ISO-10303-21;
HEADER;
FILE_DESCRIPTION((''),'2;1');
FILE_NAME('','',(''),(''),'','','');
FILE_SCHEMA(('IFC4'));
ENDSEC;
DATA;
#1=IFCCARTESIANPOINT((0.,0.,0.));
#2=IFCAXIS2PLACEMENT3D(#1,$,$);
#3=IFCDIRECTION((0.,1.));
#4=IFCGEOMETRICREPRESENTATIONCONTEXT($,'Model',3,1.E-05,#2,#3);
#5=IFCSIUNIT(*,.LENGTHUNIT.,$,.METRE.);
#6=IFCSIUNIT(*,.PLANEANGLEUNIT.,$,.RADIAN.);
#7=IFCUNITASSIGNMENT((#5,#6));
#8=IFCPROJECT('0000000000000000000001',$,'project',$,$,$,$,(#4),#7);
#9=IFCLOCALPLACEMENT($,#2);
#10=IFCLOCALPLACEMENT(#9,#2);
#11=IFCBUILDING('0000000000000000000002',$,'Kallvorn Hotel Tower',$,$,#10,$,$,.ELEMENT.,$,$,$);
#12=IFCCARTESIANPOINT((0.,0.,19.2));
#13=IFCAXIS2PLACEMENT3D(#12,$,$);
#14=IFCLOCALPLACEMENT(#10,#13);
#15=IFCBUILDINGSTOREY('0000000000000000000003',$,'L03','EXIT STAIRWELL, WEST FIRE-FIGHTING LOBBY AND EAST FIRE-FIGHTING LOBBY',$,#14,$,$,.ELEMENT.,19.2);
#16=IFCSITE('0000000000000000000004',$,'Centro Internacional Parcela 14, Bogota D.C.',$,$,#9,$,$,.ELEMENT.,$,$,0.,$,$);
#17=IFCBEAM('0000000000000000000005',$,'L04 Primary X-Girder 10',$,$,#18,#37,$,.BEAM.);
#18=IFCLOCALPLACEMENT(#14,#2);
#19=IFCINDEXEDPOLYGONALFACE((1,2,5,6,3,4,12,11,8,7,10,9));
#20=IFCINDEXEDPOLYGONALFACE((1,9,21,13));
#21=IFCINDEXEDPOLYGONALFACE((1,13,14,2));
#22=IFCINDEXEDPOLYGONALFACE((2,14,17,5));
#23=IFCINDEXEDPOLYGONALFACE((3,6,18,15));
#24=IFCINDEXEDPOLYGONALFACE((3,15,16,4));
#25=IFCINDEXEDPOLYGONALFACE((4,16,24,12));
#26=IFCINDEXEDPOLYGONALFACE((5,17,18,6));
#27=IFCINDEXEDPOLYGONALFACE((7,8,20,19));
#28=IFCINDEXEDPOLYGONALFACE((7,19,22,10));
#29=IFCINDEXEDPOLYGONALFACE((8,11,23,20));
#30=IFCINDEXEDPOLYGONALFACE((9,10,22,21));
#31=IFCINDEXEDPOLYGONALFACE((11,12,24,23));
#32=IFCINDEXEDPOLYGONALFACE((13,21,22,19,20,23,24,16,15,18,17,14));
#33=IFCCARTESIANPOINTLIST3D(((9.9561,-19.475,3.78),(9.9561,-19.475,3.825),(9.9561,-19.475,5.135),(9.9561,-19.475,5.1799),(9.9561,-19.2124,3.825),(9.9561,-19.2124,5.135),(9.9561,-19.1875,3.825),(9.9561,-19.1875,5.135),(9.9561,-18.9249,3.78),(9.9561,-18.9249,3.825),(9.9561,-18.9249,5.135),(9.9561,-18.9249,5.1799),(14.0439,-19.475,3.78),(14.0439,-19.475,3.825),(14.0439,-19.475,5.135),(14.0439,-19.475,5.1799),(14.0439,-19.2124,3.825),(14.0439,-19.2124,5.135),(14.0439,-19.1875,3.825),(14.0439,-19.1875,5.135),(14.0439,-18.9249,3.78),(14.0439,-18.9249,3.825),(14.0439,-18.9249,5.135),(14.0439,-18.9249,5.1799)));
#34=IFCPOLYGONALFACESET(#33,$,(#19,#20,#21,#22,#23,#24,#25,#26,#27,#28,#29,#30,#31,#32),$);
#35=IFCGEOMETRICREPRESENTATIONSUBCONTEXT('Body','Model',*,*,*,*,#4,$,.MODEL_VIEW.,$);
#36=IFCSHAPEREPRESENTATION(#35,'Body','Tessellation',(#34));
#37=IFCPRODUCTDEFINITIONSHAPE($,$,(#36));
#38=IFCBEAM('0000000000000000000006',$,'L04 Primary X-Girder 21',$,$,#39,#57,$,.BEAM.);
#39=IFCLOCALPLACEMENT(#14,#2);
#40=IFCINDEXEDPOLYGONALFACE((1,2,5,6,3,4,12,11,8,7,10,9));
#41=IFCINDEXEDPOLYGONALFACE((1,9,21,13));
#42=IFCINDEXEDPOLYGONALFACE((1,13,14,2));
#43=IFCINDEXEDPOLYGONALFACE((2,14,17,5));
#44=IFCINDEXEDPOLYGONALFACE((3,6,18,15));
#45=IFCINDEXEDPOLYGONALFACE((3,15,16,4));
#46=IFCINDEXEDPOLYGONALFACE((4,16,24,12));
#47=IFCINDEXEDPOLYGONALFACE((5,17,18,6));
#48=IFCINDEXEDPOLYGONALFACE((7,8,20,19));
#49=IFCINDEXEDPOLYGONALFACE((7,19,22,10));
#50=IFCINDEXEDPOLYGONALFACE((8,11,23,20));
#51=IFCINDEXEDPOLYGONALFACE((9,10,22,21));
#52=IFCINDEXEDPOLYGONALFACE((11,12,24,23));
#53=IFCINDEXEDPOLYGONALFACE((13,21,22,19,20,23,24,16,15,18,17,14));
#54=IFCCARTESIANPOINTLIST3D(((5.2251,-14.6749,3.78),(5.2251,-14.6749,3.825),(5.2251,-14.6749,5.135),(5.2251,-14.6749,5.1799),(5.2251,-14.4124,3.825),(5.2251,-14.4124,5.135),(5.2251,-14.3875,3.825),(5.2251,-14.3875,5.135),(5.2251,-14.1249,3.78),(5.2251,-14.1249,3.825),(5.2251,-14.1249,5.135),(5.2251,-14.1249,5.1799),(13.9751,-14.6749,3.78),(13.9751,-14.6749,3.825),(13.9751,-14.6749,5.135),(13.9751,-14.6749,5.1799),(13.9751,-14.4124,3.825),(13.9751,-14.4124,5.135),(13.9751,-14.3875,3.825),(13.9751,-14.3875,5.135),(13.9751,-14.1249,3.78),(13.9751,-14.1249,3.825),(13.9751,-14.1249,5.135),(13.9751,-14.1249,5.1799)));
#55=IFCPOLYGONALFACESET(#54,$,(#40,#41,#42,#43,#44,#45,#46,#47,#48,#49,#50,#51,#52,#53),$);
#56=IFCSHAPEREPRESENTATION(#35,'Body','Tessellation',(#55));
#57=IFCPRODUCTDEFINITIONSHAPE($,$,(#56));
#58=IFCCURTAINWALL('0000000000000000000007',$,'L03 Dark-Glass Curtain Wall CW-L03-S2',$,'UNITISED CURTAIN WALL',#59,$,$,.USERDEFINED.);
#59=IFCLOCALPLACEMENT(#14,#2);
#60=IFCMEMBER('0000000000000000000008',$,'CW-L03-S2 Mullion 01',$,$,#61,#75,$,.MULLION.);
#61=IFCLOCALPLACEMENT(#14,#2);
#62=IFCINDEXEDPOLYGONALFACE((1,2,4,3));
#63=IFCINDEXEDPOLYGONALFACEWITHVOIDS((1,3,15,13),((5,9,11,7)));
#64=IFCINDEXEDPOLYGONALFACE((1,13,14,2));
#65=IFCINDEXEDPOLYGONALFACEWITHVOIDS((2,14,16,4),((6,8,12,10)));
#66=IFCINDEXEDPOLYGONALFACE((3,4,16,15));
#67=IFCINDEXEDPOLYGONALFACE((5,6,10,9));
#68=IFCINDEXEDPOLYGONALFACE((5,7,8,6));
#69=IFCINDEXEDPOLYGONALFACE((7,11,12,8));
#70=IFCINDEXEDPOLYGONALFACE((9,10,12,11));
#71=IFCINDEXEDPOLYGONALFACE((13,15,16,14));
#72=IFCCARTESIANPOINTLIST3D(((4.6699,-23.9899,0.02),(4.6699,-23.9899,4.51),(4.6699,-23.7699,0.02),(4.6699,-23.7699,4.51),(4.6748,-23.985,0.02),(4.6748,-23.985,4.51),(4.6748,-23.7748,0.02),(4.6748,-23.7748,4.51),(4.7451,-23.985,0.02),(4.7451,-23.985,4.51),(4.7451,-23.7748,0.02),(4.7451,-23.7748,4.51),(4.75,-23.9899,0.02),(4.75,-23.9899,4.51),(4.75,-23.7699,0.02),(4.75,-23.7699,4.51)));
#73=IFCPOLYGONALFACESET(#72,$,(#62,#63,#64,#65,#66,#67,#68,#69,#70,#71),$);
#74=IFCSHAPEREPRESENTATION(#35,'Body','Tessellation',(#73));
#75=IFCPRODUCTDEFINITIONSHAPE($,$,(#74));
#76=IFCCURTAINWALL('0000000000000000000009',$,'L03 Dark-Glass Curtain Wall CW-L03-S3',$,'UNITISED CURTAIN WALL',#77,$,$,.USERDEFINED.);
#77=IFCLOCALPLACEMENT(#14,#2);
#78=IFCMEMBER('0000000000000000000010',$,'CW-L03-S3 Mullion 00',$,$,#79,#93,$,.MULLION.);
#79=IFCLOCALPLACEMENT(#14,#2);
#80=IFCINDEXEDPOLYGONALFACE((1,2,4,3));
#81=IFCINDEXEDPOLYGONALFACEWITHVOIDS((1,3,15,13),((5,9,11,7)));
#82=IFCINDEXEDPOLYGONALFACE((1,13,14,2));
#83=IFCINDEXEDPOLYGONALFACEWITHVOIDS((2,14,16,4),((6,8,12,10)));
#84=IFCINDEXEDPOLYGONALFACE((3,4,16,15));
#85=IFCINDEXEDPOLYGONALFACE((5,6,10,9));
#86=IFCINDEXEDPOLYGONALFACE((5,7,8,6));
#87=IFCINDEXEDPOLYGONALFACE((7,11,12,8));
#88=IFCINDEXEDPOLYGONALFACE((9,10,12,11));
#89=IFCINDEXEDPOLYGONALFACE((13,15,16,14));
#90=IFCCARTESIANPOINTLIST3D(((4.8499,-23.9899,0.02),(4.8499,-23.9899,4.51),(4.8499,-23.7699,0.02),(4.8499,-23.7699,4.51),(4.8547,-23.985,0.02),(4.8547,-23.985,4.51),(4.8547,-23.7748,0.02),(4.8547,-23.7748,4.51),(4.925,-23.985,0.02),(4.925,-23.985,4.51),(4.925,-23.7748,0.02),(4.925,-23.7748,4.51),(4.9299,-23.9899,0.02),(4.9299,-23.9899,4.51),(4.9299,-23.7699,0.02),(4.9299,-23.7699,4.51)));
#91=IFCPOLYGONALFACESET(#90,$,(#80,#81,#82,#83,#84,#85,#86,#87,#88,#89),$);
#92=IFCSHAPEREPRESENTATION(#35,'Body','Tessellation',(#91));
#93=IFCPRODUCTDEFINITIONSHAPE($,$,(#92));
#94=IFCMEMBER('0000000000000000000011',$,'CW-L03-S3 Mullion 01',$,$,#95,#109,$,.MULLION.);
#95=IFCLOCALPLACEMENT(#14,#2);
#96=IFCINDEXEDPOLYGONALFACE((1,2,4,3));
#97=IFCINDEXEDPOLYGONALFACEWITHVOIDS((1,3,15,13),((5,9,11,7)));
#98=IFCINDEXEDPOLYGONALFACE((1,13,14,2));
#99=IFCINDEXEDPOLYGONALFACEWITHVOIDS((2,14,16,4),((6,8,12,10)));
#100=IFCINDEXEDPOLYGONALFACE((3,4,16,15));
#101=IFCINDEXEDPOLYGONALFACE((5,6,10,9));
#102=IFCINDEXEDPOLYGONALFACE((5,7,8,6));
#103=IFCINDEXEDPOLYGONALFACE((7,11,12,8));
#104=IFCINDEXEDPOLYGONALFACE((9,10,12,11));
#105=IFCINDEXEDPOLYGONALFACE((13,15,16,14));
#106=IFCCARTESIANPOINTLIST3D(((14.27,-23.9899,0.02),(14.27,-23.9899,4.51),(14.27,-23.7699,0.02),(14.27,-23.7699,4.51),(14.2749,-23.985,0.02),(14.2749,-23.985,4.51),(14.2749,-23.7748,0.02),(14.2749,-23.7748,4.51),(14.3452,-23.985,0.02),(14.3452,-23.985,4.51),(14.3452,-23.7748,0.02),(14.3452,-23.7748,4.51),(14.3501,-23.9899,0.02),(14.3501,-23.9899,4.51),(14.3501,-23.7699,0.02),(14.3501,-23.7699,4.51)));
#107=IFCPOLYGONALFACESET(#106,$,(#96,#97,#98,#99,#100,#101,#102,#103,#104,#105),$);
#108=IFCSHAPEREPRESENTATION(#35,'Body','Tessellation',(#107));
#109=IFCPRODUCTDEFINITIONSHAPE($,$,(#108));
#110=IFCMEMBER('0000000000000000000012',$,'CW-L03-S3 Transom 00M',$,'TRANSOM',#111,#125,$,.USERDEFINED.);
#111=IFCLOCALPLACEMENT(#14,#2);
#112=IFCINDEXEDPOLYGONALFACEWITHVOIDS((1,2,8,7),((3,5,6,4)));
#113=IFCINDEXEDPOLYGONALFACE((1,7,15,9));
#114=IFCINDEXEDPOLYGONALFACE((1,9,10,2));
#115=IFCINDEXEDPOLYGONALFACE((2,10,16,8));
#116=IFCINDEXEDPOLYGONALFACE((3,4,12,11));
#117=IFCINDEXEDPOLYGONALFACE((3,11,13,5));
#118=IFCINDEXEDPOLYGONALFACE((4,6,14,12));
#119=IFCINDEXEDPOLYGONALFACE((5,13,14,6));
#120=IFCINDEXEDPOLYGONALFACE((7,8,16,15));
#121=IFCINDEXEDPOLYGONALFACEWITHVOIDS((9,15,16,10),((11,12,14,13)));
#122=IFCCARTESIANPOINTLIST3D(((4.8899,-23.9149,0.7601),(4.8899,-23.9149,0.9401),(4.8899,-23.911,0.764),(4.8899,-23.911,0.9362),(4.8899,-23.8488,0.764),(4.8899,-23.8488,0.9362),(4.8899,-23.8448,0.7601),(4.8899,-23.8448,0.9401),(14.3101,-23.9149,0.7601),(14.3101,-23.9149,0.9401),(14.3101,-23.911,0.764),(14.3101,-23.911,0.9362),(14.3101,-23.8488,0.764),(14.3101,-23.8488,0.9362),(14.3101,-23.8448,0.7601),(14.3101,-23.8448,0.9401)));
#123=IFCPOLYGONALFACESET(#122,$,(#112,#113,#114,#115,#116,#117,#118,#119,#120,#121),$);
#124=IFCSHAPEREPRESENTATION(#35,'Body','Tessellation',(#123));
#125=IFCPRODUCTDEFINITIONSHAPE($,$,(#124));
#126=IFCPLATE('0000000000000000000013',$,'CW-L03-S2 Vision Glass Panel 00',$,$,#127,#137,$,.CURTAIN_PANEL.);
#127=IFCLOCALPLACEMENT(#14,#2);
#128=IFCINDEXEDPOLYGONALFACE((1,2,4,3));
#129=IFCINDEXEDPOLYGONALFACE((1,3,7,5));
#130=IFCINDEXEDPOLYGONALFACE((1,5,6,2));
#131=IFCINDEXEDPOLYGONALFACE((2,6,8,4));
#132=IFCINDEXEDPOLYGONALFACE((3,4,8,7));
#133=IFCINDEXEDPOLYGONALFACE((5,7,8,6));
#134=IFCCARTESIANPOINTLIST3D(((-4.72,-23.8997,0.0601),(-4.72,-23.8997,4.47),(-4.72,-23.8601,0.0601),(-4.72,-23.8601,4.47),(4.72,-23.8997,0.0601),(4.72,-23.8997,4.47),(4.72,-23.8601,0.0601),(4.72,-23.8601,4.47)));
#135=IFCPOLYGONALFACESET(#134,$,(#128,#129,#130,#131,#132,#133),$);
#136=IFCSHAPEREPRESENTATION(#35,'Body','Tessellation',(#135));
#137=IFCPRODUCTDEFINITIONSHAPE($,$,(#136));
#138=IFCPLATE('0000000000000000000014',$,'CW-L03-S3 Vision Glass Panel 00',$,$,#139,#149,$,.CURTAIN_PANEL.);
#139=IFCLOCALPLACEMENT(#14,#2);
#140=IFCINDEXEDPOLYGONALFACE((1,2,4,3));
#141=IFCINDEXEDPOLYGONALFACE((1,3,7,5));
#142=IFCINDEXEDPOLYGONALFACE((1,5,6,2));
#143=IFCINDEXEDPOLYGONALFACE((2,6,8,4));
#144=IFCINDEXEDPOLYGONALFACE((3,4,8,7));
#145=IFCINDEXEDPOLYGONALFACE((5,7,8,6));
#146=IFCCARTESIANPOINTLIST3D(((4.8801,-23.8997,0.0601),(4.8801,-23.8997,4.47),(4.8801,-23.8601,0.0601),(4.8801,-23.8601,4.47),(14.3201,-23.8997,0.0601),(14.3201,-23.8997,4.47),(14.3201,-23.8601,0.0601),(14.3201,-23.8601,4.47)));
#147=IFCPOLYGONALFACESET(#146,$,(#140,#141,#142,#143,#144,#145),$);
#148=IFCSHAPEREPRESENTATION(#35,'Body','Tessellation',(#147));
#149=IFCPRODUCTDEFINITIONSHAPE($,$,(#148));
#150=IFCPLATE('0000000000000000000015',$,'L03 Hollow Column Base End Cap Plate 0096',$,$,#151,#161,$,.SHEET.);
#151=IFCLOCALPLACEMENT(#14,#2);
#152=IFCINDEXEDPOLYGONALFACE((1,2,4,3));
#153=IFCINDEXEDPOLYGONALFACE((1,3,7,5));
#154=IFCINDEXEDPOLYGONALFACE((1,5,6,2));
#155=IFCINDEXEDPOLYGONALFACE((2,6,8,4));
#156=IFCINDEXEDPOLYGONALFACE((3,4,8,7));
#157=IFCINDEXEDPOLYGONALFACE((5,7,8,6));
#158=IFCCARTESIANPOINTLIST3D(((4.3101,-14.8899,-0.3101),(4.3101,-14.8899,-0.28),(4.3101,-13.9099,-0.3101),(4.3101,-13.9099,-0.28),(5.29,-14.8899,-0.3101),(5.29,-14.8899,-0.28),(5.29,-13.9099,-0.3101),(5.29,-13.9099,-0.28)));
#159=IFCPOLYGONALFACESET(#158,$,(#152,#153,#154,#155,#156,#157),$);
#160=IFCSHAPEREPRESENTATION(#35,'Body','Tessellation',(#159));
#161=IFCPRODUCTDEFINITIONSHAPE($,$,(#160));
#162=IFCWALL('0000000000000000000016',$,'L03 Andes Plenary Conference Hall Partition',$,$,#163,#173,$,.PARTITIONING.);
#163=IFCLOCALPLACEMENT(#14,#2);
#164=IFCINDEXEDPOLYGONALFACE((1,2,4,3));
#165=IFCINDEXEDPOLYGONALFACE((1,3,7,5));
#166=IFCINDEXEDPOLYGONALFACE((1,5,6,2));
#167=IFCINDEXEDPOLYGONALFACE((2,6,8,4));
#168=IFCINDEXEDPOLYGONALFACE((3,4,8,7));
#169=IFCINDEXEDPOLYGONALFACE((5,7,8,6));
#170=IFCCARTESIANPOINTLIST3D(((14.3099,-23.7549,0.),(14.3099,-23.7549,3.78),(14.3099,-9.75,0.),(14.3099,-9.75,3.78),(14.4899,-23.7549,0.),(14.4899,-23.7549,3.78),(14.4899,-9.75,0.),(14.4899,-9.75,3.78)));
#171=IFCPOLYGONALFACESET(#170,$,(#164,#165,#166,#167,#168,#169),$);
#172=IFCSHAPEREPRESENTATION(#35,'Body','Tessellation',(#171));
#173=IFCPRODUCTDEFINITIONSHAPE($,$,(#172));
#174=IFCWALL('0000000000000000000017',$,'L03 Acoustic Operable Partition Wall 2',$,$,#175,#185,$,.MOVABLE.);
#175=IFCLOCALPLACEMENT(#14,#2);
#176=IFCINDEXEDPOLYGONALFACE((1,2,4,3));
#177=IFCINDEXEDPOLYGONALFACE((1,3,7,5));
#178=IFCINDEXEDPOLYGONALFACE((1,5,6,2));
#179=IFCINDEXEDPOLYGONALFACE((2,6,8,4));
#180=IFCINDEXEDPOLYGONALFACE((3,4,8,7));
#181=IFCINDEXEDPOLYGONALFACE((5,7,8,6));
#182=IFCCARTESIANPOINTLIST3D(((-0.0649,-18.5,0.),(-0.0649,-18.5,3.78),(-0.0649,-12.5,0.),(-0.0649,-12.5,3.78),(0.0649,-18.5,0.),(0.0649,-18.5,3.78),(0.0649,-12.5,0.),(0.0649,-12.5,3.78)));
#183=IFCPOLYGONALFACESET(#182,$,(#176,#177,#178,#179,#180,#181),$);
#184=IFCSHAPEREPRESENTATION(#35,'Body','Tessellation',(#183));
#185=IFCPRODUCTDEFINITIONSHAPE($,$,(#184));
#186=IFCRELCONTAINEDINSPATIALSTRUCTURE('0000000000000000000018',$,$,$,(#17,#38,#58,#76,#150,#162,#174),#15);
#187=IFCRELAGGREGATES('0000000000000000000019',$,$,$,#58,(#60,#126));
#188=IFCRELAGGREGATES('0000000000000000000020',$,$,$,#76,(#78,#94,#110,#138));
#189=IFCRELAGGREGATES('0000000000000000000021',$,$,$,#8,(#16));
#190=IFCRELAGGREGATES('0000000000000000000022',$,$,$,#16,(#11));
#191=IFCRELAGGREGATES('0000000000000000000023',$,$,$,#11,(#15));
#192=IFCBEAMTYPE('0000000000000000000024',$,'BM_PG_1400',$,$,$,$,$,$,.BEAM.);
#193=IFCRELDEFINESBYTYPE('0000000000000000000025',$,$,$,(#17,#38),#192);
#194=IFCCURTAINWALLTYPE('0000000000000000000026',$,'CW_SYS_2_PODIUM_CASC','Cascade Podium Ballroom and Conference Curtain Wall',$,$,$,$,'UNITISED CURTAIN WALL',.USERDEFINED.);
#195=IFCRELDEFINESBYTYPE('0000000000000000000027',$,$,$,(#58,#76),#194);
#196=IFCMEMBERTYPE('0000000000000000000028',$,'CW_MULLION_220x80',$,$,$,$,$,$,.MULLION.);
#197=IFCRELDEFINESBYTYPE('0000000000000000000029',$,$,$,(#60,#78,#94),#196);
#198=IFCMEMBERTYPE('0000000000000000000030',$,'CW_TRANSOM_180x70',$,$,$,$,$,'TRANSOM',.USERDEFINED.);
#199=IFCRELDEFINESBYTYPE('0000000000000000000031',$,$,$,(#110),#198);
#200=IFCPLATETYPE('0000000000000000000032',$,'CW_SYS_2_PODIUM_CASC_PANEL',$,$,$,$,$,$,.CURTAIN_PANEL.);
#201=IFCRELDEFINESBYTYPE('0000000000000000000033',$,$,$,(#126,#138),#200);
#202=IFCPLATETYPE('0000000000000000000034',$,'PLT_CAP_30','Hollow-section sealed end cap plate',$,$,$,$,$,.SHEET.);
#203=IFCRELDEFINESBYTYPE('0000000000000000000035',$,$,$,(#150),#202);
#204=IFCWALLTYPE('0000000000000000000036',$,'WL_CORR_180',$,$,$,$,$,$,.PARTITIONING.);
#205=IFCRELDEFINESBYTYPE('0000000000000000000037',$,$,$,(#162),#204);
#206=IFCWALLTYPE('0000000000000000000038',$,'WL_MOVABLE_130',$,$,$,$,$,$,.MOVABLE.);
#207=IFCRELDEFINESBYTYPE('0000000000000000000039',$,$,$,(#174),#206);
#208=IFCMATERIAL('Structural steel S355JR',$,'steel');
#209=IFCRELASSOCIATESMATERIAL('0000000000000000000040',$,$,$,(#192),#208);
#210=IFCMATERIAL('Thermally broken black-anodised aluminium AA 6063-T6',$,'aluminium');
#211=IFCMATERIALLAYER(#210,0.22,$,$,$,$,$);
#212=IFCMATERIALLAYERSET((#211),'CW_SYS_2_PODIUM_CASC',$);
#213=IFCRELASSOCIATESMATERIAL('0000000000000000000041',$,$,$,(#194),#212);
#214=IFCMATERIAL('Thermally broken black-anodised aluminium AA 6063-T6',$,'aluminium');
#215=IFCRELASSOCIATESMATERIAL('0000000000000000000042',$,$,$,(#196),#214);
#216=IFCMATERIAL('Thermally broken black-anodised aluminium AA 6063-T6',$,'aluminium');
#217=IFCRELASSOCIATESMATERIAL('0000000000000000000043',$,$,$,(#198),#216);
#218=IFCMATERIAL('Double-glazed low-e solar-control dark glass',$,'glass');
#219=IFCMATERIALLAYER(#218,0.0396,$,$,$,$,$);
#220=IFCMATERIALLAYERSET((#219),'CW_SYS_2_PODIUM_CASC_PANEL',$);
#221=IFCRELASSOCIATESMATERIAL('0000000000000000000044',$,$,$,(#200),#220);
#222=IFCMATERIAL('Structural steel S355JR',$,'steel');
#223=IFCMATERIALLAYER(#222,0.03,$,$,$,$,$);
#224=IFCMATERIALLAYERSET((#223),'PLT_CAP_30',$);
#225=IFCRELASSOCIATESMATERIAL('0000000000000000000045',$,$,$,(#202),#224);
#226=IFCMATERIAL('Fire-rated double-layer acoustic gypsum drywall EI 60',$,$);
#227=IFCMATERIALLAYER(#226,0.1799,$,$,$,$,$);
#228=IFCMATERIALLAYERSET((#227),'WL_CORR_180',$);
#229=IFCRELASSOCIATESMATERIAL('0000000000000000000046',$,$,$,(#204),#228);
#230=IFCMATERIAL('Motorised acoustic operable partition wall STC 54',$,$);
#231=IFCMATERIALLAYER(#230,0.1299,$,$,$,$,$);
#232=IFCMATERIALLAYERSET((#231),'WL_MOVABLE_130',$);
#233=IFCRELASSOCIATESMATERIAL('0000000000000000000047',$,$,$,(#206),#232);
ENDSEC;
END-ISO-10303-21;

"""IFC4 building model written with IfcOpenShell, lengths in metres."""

from ifc_helpers import new_model, si_unit, direction, frame, frame_2d, origin, origin_2d, place, context, subcontext, project, spatial, rectangle, hollow_rectangle, i_section, extrude, material, layer, layer_set, material_profile, profile_set, type_object, element, aggregate, save


model = new_model("IFC4")

# Units and contexts
model_context = context("Model", 3, precision=1e-05, world=origin(), true_north=direction((0.0, 1.0)))
body_context = subcontext(model_context, "Body", "Model", "MODEL_VIEW")
ifc_project = project(units=[si_unit("LENGTHUNIT", "METRE"), si_unit("PLANEANGLEUNIT", "RADIAN")], contexts=[model_context])

# Site, building, storey
site_placement = place(None, origin())
site = spatial("IfcSite", under=ifc_project, at=site_placement, Name="Centro Internacional Parcela 14, Bogota D.C.", CompositionType="ELEMENT", RefElevation=0.0)
building_placement = place(site_placement, origin())
building = spatial("IfcBuilding", under=site, at=building_placement, Name="Kallvorn Hotel Tower", CompositionType="ELEMENT")
storey_placement = place(building_placement, frame((0.0, 0.0, 19.2)))
storey = spatial("IfcBuildingStorey", under=building, at=storey_placement, Name="L03", Description="EXIT STAIRWELL, WEST FIRE-FIGHTING LOBBY AND EAST FIRE-FIGHTING LOBBY", CompositionType="ELEMENT", Elevation=19.2)

# Beams
ifc_material_1 = material(Name="Structural steel S355JR", Category="steel")
ifc_material_profile_1 = material_profile(ifc_material_1, i_section(OverallWidth=0.55, OverallDepth=1.3999, WebThickness=0.0249, FlangeThickness=0.0449, at=origin_2d()), Name="PG 1400x550x25x45")
ifc_profile_set_1 = profile_set([ifc_material_profile_1], Name="Structural steel S355JR")
beam_type_1 = type_object("IfcBeamType", Name="BM_PG_1400", PredefinedType="BEAM", material=ifc_profile_set_1)
for number, where, z_axis, x_axis, name in (
    (1, (9.9561, -19.2, 4.48), (1.0, 0.0, 0.0), (0.0, 1.0, 0.0), "L04 Primary X-Girder 10"),
):
    element("IfcBeam", number, at=place(storey_placement, frame(where, z_axis=z_axis, x_axis=x_axis)), inside=storey, type_object=beam_type_1, Name=name, PredefinedType="BEAM", context=body_context, shape_type="SweptSolid", body=[
        extrude(i_section(OverallWidth=0.55, OverallDepth=1.3999, WebThickness=0.0249, FlangeThickness=0.0449, at=origin_2d()), origin(), (0.0, 0.0, 1.0), 4.0879),
    ])
beam_1_placement = place(storey_placement, frame((5.2251, -14.3999, 4.48), z_axis=(1.0, 0.0, 0.0), x_axis=(0.0, 1.0, 0.0)))
element("IfcBeam", 2, at=beam_1_placement, inside=storey, type_object=beam_type_1, Name="L04 Primary X-Girder 21", PredefinedType="BEAM", context=body_context, shape_type="SweptSolid", body=[
    extrude(i_section(OverallWidth=0.55, OverallDepth=1.3999, WebThickness=0.0249, FlangeThickness=0.0449, at=origin_2d()), origin(), (0.0, 0.0, 1.0), 8.75),
])

# Curtain wall, member
ifc_material_2 = material(Name="Thermally broken black-anodised aluminium AA 6063-T6", Category="aluminium")
ifc_layer_1 = layer(ifc_material_2, 0.22)
ifc_layer_set_1 = layer_set([ifc_layer_1], Name="CW_SYS_2_PODIUM_CASC")
curtain_wall_type = type_object("IfcCurtainWallType", Name="CW_SYS_2_PODIUM_CASC", Description="Cascade Podium Ballroom and Conference Curtain Wall", ElementType="UNITISED CURTAIN WALL", PredefinedType="USERDEFINED", material=ifc_layer_set_1)
curtain_wall_1_placement = place(storey_placement, origin())
curtain_wall_1 = element("IfcCurtainWall", 3, at=curtain_wall_1_placement, inside=storey, type_object=curtain_wall_type, Name="L03 Dark-Glass Curtain Wall CW-L03-S2", ObjectType="UNITISED CURTAIN WALL", PredefinedType="USERDEFINED")
ifc_material_3 = material(Name="Thermally broken black-anodised aluminium AA 6063-T6", Category="aluminium")
ifc_material_profile_2 = material_profile(ifc_material_3, hollow_rectangle(XDim=0.0801, YDim=0.22, WallThickness=0.0049, at=origin_2d()), Name="MUL 220x80")
ifc_profile_set_2 = profile_set([ifc_material_profile_2], Name="Thermally broken black-anodised aluminium AA 6063-T6")
member_type_1 = type_object("IfcMemberType", Name="CW_MULLION_220x80", PredefinedType="MULLION", material=ifc_profile_set_2)
member_1_placement = place(storey_placement, frame((4.71, -23.8799, 0.02), z_axis=(0.0, 0.0, 1.0), x_axis=(1.0, 0.0, 0.0)))
member_1 = element("IfcMember", 4, at=member_1_placement, type_object=member_type_1, Name="CW-L03-S2 Mullion 01", PredefinedType="MULLION", context=body_context, shape_type="SweptSolid", body=[
    extrude(hollow_rectangle(XDim=0.0801, YDim=0.22, WallThickness=0.0049, at=origin_2d()), origin(), (0.0, 0.0, 1.0), 4.49),
])

# Curtain wall, members
curtain_wall_2_placement = place(storey_placement, origin())
curtain_wall_2 = element("IfcCurtainWall", 5, at=curtain_wall_2_placement, inside=storey, type_object=curtain_wall_type, Name="L03 Dark-Glass Curtain Wall CW-L03-S3", ObjectType="UNITISED CURTAIN WALL", PredefinedType="USERDEFINED")
member_2_placement = place(storey_placement, frame((4.8899, -23.8799, 0.02), z_axis=(0.0, 0.0, 1.0), x_axis=(1.0, 0.0, 0.0)))
member_2 = element("IfcMember", 6, at=member_2_placement, type_object=member_type_1, Name="CW-L03-S3 Mullion 00", PredefinedType="MULLION", context=body_context, shape_type="SweptSolid", body=[
    extrude(hollow_rectangle(XDim=0.0801, YDim=0.22, WallThickness=0.0049, at=origin_2d()), origin(), (0.0, 0.0, 1.0), 4.49),
])
member_3_placement = place(storey_placement, frame((14.3101, -23.8799, 0.02), z_axis=(0.0, 0.0, 1.0), x_axis=(1.0, 0.0, 0.0)))
member_3 = element("IfcMember", 7, at=member_3_placement, type_object=member_type_1, Name="CW-L03-S3 Mullion 01", PredefinedType="MULLION", context=body_context, shape_type="SweptSolid", body=[
    extrude(hollow_rectangle(XDim=0.0801, YDim=0.22, WallThickness=0.0049, at=origin_2d()), origin(), (0.0, 0.0, 1.0), 4.49),
])
ifc_material_4 = material(Name="Thermally broken black-anodised aluminium AA 6063-T6", Category="aluminium")
ifc_material_profile_3 = material_profile(ifc_material_4, hollow_rectangle(XDim=0.0701, YDim=0.1799, WallThickness=0.0039, at=origin_2d()), Name="TRN 180x70")
ifc_profile_set_3 = profile_set([ifc_material_profile_3], Name="Thermally broken black-anodised aluminium AA 6063-T6")
member_type_2 = type_object("IfcMemberType", Name="CW_TRANSOM_180x70", ElementType="TRANSOM", PredefinedType="USERDEFINED", material=ifc_profile_set_3)
member_4_placement = place(storey_placement, frame((4.8899, -23.8799, 0.8501), z_axis=(1.0, 0.0, 0.0), x_axis=(0.0, 1.0, 0.0)))
member_4 = element("IfcMember", 8, at=member_4_placement, type_object=member_type_2, Name="CW-L03-S3 Transom 00M", ObjectType="TRANSOM", PredefinedType="USERDEFINED", context=body_context, shape_type="SweptSolid", body=[
    extrude(hollow_rectangle(XDim=0.0701, YDim=0.1799, WallThickness=0.0039, at=origin_2d()), origin(), (0.0, 0.0, 1.0), 9.4202),
])

# Plates
ifc_material_5 = material(Name="Double-glazed low-e solar-control dark glass", Category="glass")
ifc_layer_2 = layer(ifc_material_5, 0.0396)
ifc_layer_set_2 = layer_set([ifc_layer_2], Name="CW_SYS_2_PODIUM_CASC_PANEL")
plate_type_1 = type_object("IfcPlateType", Name="CW_SYS_2_PODIUM_CASC_PANEL", PredefinedType="CURTAIN_PANEL", material=ifc_layer_set_2)
plate_1_placement = place(storey_placement, frame((0.0, -23.8799, 0.0601), z_axis=(0.0, 0.0, 1.0), x_axis=(1.0, 0.0, 0.0)))
plate_1 = element("IfcPlate", 9, at=plate_1_placement, type_object=plate_type_1, Name="CW-L03-S2 Vision Glass Panel 00", PredefinedType="CURTAIN_PANEL", context=body_context, shape_type="SweptSolid", body=[
    extrude(rectangle(XDim=9.4399, YDim=0.0396, at=origin_2d()), origin(), (0.0, 0.0, 1.0), 4.4099),
])
aggregate(curtain_wall_1, [member_1, plate_1])
plate_2_placement = place(storey_placement, frame((9.6001, -23.8799, 0.0601), z_axis=(0.0, 0.0, 1.0), x_axis=(1.0, 0.0, 0.0)))
plate_2 = element("IfcPlate", 10, at=plate_2_placement, type_object=plate_type_1, Name="CW-L03-S3 Vision Glass Panel 00", PredefinedType="CURTAIN_PANEL", context=body_context, shape_type="SweptSolid", body=[
    extrude(rectangle(XDim=9.4399, YDim=0.0396, at=origin_2d()), origin(), (0.0, 0.0, 1.0), 4.4099),
])
aggregate(curtain_wall_2, [member_2, member_3, member_4, plate_2])
ifc_material_6 = material(Name="Structural steel S355JR", Category="steel")
ifc_layer_3 = layer(ifc_material_6, 0.03)
ifc_layer_set_3 = layer_set([ifc_layer_3], Name="PLT_CAP_30")
plate_type_2 = type_object("IfcPlateType", Name="PLT_CAP_30", Description="Hollow-section sealed end cap plate", PredefinedType="SHEET", material=ifc_layer_set_3)
plate_3_placement = place(storey_placement, frame((4.8, -14.3999, -0.3101), z_axis=(0.0, 0.0, 1.0), x_axis=(1.0, 0.0, 0.0)))
element("IfcPlate", 11, at=plate_3_placement, inside=storey, type_object=plate_type_2, Name="L03 Hollow Column Base End Cap Plate 0096", PredefinedType="SHEET", context=body_context, shape_type="SweptSolid", body=[
    extrude(rectangle(XDim=0.98, YDim=0.98, at=origin_2d()), origin(), (0.0, 0.0, 1.0), 0.03),
])

# Walls
ifc_material_7 = material(Name="Fire-rated double-layer acoustic gypsum drywall EI 60")
ifc_layer_4 = layer(ifc_material_7, 0.1799)
ifc_layer_set_4 = layer_set([ifc_layer_4], Name="WL_CORR_180")
wall_type_1 = type_object("IfcWallType", Name="WL_CORR_180", PredefinedType="PARTITIONING", material=ifc_layer_set_4)
wall_placement = place(storey_placement, frame((14.3999, -23.7549, 0.0), z_axis=(0.0, 0.0, 1.0), x_axis=(0.0, 1.0, 0.0)))
element("IfcWall", 12, at=wall_placement, inside=storey, type_object=wall_type_1, Name="L03 Andes Plenary Conference Hall Partition", PredefinedType="PARTITIONING", context=body_context, shape_type="SweptSolid", body=[
    extrude(rectangle(XDim=14.0049, YDim=0.1799, at=frame_2d((7.0024, 0.0))), origin(), (0.0, 0.0, 1.0), 3.78),
])
ifc_material_8 = material(Name="Motorised acoustic operable partition wall STC 54")
ifc_layer_5 = layer(ifc_material_8, 0.1299)
ifc_layer_set_5 = layer_set([ifc_layer_5], Name="WL_MOVABLE_130")
wall_type_2 = type_object("IfcWallType", Name="WL_MOVABLE_130", PredefinedType="MOVABLE", material=ifc_layer_set_5)
for number, where, z_axis, x_axis, name in (
    (13, (0.0, -18.5, 0.0), (0.0, 0.0, 1.0), (0.0, 1.0, 0.0), "L03 Acoustic Operable Partition Wall 2"),
):
    element("IfcWall", number, at=place(storey_placement, frame(where, z_axis=z_axis, x_axis=x_axis)), inside=storey, type_object=wall_type_2, Name=name, PredefinedType="MOVABLE", context=body_context, shape_type="SweptSolid", body=[
        extrude(rectangle(XDim=6.0, YDim=0.1299, at=frame_2d((3.0, 0.0))), origin(), (0.0, 0.0, 1.0), 3.78),
    ])

save(model, "model.ifc")
